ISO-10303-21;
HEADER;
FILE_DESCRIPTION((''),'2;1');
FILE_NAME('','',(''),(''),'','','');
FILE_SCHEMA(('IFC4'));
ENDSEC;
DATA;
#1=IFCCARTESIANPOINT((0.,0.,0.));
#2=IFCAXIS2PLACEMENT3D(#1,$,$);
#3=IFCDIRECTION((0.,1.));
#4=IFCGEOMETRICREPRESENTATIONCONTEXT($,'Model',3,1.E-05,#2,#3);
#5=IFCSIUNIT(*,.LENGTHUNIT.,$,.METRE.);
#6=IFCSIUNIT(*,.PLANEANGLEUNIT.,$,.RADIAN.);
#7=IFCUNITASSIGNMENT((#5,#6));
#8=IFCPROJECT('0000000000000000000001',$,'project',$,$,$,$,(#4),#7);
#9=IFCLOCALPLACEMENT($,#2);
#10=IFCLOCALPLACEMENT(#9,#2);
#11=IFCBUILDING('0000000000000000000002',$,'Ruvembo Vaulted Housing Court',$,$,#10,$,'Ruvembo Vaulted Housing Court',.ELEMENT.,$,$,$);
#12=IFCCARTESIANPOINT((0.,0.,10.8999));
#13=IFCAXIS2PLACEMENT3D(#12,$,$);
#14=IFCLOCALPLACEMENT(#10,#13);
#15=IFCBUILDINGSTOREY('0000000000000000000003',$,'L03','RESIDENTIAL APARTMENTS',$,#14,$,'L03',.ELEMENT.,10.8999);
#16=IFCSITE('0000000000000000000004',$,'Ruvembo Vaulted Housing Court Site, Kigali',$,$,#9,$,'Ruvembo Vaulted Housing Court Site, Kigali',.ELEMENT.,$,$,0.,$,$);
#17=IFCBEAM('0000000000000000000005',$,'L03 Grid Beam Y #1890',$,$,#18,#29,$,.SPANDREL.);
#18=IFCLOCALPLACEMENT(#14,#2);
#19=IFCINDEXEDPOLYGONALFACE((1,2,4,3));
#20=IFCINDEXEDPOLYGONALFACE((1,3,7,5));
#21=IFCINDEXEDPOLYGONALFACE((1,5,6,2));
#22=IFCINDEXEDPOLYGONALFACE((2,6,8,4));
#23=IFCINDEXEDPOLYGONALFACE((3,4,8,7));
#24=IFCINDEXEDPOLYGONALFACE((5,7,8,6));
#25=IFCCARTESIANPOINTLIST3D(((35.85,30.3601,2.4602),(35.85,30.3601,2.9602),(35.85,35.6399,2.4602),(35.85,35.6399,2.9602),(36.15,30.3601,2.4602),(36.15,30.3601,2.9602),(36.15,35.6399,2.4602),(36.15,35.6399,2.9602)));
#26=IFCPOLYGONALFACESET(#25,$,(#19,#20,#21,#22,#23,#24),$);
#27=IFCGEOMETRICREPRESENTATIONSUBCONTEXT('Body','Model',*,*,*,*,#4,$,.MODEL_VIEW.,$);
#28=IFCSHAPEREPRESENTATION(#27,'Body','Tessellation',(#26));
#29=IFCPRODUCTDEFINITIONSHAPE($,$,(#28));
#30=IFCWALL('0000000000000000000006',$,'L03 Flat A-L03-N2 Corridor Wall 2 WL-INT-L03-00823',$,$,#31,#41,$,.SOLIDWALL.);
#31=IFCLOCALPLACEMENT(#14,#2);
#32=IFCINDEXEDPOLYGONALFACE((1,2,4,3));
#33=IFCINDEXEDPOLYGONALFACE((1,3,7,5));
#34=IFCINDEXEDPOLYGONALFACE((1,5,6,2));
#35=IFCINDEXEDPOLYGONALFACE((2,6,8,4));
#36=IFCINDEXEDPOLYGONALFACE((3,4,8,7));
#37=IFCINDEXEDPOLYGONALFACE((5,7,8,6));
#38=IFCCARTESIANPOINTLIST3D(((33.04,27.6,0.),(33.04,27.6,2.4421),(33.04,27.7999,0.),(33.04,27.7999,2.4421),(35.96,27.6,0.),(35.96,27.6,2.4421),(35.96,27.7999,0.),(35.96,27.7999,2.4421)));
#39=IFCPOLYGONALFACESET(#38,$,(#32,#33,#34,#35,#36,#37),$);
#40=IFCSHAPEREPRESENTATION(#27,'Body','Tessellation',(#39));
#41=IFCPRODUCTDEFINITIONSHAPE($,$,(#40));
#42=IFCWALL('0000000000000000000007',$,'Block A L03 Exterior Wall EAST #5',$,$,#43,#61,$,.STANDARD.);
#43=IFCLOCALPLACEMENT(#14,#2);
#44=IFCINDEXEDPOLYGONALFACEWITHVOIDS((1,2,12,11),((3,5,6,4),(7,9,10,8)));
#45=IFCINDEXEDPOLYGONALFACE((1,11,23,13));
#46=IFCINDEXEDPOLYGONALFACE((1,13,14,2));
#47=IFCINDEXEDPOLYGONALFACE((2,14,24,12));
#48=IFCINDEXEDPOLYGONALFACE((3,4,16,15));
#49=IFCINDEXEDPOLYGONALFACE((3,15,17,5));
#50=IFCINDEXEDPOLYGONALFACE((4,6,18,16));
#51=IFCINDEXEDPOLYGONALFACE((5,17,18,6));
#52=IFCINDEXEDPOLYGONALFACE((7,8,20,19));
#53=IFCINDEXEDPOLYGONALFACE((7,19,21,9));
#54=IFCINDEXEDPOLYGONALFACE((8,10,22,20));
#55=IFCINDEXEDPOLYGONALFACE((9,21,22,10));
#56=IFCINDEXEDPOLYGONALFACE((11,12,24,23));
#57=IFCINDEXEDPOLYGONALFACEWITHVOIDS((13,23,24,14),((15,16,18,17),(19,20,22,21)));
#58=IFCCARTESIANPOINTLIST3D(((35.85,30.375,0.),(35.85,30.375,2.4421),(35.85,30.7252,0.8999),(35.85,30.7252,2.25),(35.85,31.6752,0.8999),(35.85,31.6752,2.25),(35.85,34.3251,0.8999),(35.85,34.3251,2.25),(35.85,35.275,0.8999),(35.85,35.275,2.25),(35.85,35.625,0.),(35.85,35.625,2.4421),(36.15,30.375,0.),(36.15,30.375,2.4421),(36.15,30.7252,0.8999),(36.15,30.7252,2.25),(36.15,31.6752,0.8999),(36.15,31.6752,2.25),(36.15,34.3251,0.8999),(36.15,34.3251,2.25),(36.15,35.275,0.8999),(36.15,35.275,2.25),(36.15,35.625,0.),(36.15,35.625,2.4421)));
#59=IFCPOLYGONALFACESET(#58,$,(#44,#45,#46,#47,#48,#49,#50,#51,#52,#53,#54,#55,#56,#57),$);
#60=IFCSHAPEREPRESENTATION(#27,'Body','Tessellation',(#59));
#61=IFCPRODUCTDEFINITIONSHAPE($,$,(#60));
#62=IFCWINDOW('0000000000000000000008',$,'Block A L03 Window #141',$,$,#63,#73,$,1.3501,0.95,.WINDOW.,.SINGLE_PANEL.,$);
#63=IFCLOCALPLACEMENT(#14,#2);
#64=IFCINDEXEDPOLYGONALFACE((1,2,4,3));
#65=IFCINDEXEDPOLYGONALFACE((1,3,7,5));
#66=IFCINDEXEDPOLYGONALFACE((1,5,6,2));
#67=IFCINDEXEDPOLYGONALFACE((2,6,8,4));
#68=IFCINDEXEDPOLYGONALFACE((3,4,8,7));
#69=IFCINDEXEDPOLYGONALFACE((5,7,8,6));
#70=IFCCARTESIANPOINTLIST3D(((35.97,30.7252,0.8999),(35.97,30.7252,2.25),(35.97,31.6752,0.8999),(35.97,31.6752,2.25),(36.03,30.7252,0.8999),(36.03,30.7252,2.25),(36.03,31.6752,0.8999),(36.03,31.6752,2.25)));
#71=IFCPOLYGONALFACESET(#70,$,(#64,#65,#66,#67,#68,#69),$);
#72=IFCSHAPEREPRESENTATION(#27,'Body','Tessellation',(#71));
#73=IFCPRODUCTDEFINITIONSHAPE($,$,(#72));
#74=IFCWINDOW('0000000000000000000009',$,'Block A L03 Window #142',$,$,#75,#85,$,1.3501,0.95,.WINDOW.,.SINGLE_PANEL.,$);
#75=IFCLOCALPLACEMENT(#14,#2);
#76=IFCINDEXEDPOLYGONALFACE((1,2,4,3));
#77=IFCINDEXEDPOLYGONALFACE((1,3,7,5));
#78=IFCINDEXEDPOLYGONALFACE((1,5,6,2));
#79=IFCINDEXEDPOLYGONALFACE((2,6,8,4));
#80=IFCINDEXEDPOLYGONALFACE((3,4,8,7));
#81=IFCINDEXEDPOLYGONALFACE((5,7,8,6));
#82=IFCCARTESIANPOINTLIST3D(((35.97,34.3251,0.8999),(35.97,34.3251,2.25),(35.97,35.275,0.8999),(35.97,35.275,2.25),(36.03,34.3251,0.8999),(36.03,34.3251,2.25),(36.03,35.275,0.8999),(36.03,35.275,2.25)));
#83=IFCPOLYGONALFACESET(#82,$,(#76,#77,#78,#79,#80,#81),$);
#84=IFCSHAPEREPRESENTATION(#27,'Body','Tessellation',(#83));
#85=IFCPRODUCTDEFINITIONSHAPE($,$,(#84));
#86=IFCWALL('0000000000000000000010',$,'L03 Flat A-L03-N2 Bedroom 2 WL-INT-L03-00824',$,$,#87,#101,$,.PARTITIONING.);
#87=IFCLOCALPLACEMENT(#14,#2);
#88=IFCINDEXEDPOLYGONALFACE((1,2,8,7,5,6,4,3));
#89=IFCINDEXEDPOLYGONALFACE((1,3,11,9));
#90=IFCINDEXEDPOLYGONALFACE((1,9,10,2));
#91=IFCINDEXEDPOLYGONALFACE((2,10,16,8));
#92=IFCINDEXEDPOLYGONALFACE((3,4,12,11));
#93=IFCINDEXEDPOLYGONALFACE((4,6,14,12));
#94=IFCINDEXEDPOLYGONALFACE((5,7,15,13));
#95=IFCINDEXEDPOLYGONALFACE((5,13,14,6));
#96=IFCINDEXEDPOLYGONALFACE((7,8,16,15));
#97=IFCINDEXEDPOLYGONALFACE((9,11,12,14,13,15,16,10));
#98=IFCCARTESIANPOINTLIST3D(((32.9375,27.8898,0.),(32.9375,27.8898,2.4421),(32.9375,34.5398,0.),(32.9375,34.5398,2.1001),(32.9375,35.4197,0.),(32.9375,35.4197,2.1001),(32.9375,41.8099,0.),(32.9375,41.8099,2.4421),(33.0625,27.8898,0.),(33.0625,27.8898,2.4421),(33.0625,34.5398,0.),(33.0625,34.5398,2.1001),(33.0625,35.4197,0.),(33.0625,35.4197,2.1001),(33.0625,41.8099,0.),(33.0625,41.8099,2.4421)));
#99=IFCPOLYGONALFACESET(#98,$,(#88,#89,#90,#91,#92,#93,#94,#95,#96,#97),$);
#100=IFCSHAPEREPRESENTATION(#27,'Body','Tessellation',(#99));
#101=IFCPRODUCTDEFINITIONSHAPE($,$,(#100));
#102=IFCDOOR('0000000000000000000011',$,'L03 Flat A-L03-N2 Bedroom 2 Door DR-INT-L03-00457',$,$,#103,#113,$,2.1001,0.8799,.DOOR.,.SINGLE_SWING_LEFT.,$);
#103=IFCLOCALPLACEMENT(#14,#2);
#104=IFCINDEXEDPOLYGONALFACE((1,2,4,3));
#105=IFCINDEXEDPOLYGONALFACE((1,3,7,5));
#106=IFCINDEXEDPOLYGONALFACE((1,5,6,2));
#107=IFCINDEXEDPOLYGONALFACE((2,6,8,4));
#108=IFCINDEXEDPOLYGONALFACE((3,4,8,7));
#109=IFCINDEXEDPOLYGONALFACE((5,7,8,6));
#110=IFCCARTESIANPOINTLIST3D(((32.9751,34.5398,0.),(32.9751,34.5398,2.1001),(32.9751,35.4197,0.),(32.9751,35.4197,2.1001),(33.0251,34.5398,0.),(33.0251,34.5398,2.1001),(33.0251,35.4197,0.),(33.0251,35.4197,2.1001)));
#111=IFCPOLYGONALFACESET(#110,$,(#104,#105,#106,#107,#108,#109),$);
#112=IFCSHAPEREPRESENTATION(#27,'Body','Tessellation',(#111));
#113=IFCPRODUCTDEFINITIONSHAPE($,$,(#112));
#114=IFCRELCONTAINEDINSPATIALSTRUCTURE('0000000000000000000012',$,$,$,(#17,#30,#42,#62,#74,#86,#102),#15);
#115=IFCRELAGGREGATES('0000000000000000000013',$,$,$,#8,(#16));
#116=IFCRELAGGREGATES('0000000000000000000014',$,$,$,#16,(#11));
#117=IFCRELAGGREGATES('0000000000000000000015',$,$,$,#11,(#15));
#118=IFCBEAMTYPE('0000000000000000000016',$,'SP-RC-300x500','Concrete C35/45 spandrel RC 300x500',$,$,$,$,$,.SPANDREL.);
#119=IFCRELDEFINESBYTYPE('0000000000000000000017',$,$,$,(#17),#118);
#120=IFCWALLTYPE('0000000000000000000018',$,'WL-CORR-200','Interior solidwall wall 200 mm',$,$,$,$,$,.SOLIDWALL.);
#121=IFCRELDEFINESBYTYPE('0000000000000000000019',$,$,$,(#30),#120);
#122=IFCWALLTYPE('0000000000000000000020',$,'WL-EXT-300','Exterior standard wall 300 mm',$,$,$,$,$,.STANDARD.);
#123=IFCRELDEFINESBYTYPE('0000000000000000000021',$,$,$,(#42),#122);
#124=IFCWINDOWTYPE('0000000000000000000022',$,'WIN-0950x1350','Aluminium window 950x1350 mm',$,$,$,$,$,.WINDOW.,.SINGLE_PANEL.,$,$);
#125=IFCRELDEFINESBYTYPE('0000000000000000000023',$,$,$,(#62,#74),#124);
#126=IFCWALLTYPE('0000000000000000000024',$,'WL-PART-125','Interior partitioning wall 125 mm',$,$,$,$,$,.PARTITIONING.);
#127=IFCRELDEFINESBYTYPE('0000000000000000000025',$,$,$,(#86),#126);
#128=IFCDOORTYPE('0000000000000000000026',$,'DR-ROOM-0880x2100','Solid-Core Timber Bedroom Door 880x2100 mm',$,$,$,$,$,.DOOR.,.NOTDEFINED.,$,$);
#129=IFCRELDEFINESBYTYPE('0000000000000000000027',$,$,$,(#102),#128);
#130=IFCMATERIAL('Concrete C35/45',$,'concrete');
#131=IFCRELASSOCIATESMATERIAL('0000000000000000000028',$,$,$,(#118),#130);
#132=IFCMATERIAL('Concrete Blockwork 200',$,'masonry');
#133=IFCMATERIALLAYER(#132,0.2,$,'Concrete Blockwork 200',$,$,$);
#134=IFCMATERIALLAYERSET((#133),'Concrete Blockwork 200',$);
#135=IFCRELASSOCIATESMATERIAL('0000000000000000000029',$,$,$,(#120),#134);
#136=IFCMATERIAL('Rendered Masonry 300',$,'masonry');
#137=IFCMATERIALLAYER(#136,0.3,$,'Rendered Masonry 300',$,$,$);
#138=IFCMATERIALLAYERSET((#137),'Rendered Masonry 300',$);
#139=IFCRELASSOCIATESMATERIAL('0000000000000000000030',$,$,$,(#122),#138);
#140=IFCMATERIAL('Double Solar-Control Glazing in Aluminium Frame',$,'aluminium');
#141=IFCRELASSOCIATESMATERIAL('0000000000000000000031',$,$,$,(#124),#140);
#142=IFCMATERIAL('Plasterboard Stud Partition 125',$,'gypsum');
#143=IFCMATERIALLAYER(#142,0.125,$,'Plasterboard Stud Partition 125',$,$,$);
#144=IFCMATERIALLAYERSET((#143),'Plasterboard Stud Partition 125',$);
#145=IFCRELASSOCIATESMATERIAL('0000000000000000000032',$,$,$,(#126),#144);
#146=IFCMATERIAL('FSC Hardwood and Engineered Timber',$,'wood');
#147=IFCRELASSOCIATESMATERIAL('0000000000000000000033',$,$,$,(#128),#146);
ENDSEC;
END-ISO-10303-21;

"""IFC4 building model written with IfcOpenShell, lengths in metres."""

from ifc_helpers import new_model, si_unit, direction, frame, frame_2d, origin, origin_2d, place, context, subcontext, project, spatial, rectangle, extrude, material, layer, layer_set, material_profile, profile_set, type_object, element, fill, save


model = new_model("IFC4")

# Units and contexts
model_context = context("Model", 3, precision=1e-05, world=origin(), true_north=direction((0.0, 1.0)))
body_context = subcontext(model_context, "Body", "Model", "MODEL_VIEW")
ifc_project = project(units=[si_unit("LENGTHUNIT", "METRE"), si_unit("PLANEANGLEUNIT", "RADIAN")], contexts=[model_context])

# Site, building, storey
site_placement = place(None, origin())
site = spatial("IfcSite", under=ifc_project, at=site_placement, Name="Ruvembo Vaulted Housing Court Site, Kigali", LongName="Ruvembo Vaulted Housing Court Site, Kigali", CompositionType="ELEMENT", RefElevation=0.0)
building_placement = place(site_placement, origin())
building = spatial("IfcBuilding", under=site, at=building_placement, Name="Ruvembo Vaulted Housing Court", LongName="Ruvembo Vaulted Housing Court", CompositionType="ELEMENT")
storey_placement = place(building_placement, frame((0.0, 0.0, 10.8999)))
storey = spatial("IfcBuildingStorey", under=building, at=storey_placement, Name="L03", Description="RESIDENTIAL APARTMENTS", LongName="L03", CompositionType="ELEMENT", Elevation=10.8999)

# Beam
ifc_material_1 = material(Name="Concrete C35/45", Category="concrete")
ifc_material_profile_1 = material_profile(ifc_material_1, rectangle(XDim=0.3, YDim=0.5, at=origin_2d()), Name="RC 300x500")
ifc_profile_set_1 = profile_set([ifc_material_profile_1], Name="Concrete C35/45")
beam_type_1 = type_object("IfcBeamType", Name="SP-RC-300x500", Description="Concrete C35/45 spandrel RC 300x500", PredefinedType="SPANDREL", material=ifc_profile_set_1)
for number, where, z_axis, x_axis, name in (
    (1, (36.0, 30.3601, 2.7102), (0.0, 1.0, 0.0), (-1.0, 0.0, 0.0), "L03 Grid Beam Y #1890"),
):
    element("IfcBeam", number, at=place(storey_placement, frame(where, z_axis=z_axis, x_axis=x_axis)), inside=storey, type_object=beam_type_1, Name=name, PredefinedType="SPANDREL", context=body_context, shape_type="SweptSolid", body=[
        extrude(rectangle(XDim=0.3, YDim=0.5, at=origin_2d()), origin(), (0.0, 0.0, 1.0), 5.2798),
    ])

# Wall
ifc_material_2 = material(Name="Concrete Blockwork 200", Category="masonry")
ifc_layer_1 = layer(ifc_material_2, 0.2, Name="Concrete Blockwork 200")
ifc_layer_set_1 = layer_set([ifc_layer_1], Name="Concrete Blockwork 200")
wall_type_1 = type_object("IfcWallType", Name="WL-CORR-200", Description="Interior solidwall wall 200 mm", PredefinedType="SOLIDWALL", material=ifc_layer_set_1)
wall_1_placement = place(storey_placement, frame((33.04, 27.7, 0.0), z_axis=(0.0, 0.0, 1.0), x_axis=(1.0, 0.0, 0.0)))
element("IfcWall", 2, at=wall_1_placement, inside=storey, type_object=wall_type_1, Name="L03 Flat A-L03-N2 Corridor Wall 2 WL-INT-L03-00823", PredefinedType="SOLIDWALL", context=body_context, shape_type="SweptSolid", body=[
    extrude(rectangle(XDim=2.9199, YDim=0.2, at=frame_2d((1.46, 0.0))), origin(), (0.0, 0.0, 1.0), 2.4421),
])

# Shared definitions
ifc_material_3 = material(Name="Rendered Masonry 300", Category="masonry")
ifc_layer_2 = layer(ifc_material_3, 0.3, Name="Rendered Masonry 300")
ifc_layer_set_2 = layer_set([ifc_layer_2], Name="Rendered Masonry 300")
wall_type_2 = type_object("IfcWallType", Name="WL-EXT-300", Description="Exterior standard wall 300 mm", PredefinedType="STANDARD", material=ifc_layer_set_2)
ifc_material_4 = material(Name="Double Solar-Control Glazing in Aluminium Frame", Category="aluminium")

# Wall, openings, windows
wall_2_placement = place(storey_placement, frame((36.0, 30.375, 0.0), z_axis=(0.0, 0.0, 1.0), x_axis=(0.0, 1.0, 0.0)))
wall_2 = element("IfcWall", 3, at=wall_2_placement, inside=storey, type_object=wall_type_2, Name="Block A L03 Exterior Wall EAST #5", PredefinedType="STANDARD", context=body_context, shape_type="SweptSolid", body=[
    extrude(rectangle(XDim=5.25, YDim=0.3, at=frame_2d((2.625, 0.0))), origin(), (0.0, 0.0, 1.0), 2.4421),
])
opening_1_placement = place(wall_2_placement, frame((0.3501, 0.0, 0.8999)))
opening_1 = element("IfcOpeningElement", 4, at=opening_1_placement, cuts=wall_2, PredefinedType="OPENING", context=body_context, shape_type="SweptSolid", body=[
    extrude(rectangle(XDim=0.95, YDim=1.3501, at=frame_2d((0.4751, 0.675))), frame((0.0, 0.1599, 0.0), z_axis=(0.0, -1.0, 0.0), x_axis=(1.0, 0.0, 0.0)), (0.0, 0.0, 1.0), 0.3201),
])
opening_2_placement = place(wall_2_placement, frame((3.95, 0.0, 0.8999)))
opening_2 = element("IfcOpeningElement", 5, at=opening_2_placement, cuts=wall_2, PredefinedType="OPENING", context=body_context, shape_type="SweptSolid", body=[
    extrude(rectangle(XDim=0.95, YDim=1.3501, at=frame_2d((0.4751, 0.675))), frame((0.0, 0.1599, 0.0), z_axis=(0.0, -1.0, 0.0), x_axis=(1.0, 0.0, 0.0)), (0.0, 0.0, 1.0), 0.3201),
])
window_type_1 = type_object("IfcWindowType", Name="WIN-0950x1350", Description="Aluminium window 950x1350 mm", PartitioningType="SINGLE_PANEL", PredefinedType="WINDOW", material=ifc_material_4)
window_1_placement = place(opening_1_placement, origin())
window_1 = element("IfcWindow", 6, at=window_1_placement, inside=storey, type_object=window_type_1, Name="Block A L03 Window #141", OverallHeight=1.3501, OverallWidth=0.95, PartitioningType="SINGLE_PANEL", PredefinedType="WINDOW", context=body_context, shape_type="SweptSolid", body=[
    extrude(rectangle(XDim=0.95, YDim=1.3501, at=frame_2d((0.4751, 0.675))), frame((0.0, 0.03, 0.0), z_axis=(0.0, -1.0, 0.0), x_axis=(1.0, 0.0, 0.0)), (0.0, 0.0, 1.0), 0.0601),
])
fill(opening_1, window_1)
window_2_placement = place(opening_2_placement, origin())
window_2 = element("IfcWindow", 7, at=window_2_placement, inside=storey, type_object=window_type_1, Name="Block A L03 Window #142", OverallHeight=1.3501, OverallWidth=0.95, PartitioningType="SINGLE_PANEL", PredefinedType="WINDOW", context=body_context, shape_type="SweptSolid", body=[
    extrude(rectangle(XDim=0.95, YDim=1.3501, at=frame_2d((0.4751, 0.675))), frame((0.0, 0.03, 0.0), z_axis=(0.0, -1.0, 0.0), x_axis=(1.0, 0.0, 0.0)), (0.0, 0.0, 1.0), 0.0601),
])
fill(opening_2, window_2)

# Wall, opening, door
ifc_material_5 = material(Name="Plasterboard Stud Partition 125", Category="gypsum")
ifc_layer_3 = layer(ifc_material_5, 0.125, Name="Plasterboard Stud Partition 125")
ifc_layer_set_3 = layer_set([ifc_layer_3], Name="Plasterboard Stud Partition 125")
wall_type_3 = type_object("IfcWallType", Name="WL-PART-125", Description="Interior partitioning wall 125 mm", PredefinedType="PARTITIONING", material=ifc_layer_set_3)
wall_3_placement = place(storey_placement, frame((33.0, 27.8899, 0.0), z_axis=(0.0, 0.0, 1.0), x_axis=(0.0, 1.0, 0.0)))
wall_3 = element("IfcWall", 8, at=wall_3_placement, inside=storey, type_object=wall_type_3, Name="L03 Flat A-L03-N2 Bedroom 2 WL-INT-L03-00824", PredefinedType="PARTITIONING", context=body_context, shape_type="SweptSolid", body=[
    extrude(rectangle(XDim=13.9202, YDim=0.125, at=frame_2d((6.96, 0.0))), origin(), (0.0, 0.0, 1.0), 2.4421),
])
opening_3_placement = place(wall_3_placement, frame((6.6499, 0.0, 0.0)))
opening_3 = element("IfcOpeningElement", 9, at=opening_3_placement, cuts=wall_3, PredefinedType="OPENING", context=body_context, shape_type="SweptSolid", body=[
    extrude(rectangle(XDim=0.8799, YDim=2.1001, at=frame_2d((0.4399, 1.05))), frame((0.0, 0.0725, 0.0), z_axis=(0.0, -1.0, 0.0), x_axis=(1.0, 0.0, 0.0)), (0.0, 0.0, 1.0), 0.145),
])
ifc_material_6 = material(Name="FSC Hardwood and Engineered Timber", Category="wood")
door_type_1 = type_object("IfcDoorType", Name="DR-ROOM-0880x2100", Description="Solid-Core Timber Bedroom Door 880x2100 mm", OperationType="NOTDEFINED", PredefinedType="DOOR", material=ifc_material_6)
door_1_placement = place(opening_3_placement, origin())
door_1 = element("IfcDoor", 10, at=door_1_placement, inside=storey, type_object=door_type_1, Name="L03 Flat A-L03-N2 Bedroom 2 Door DR-INT-L03-00457", OperationType="SINGLE_SWING_LEFT", OverallHeight=2.1001, OverallWidth=0.8799, PredefinedType="DOOR", context=body_context, shape_type="SweptSolid", body=[
    extrude(rectangle(XDim=0.8799, YDim=2.1001, at=frame_2d((0.4399, 1.05))), frame((0.0, 0.0249, 0.0), z_axis=(0.0, -1.0, 0.0), x_axis=(1.0, 0.0, 0.0)), (0.0, 0.0, 1.0), 0.05),
])
fill(opening_3, door_1)

save(model, "model.ifc")
